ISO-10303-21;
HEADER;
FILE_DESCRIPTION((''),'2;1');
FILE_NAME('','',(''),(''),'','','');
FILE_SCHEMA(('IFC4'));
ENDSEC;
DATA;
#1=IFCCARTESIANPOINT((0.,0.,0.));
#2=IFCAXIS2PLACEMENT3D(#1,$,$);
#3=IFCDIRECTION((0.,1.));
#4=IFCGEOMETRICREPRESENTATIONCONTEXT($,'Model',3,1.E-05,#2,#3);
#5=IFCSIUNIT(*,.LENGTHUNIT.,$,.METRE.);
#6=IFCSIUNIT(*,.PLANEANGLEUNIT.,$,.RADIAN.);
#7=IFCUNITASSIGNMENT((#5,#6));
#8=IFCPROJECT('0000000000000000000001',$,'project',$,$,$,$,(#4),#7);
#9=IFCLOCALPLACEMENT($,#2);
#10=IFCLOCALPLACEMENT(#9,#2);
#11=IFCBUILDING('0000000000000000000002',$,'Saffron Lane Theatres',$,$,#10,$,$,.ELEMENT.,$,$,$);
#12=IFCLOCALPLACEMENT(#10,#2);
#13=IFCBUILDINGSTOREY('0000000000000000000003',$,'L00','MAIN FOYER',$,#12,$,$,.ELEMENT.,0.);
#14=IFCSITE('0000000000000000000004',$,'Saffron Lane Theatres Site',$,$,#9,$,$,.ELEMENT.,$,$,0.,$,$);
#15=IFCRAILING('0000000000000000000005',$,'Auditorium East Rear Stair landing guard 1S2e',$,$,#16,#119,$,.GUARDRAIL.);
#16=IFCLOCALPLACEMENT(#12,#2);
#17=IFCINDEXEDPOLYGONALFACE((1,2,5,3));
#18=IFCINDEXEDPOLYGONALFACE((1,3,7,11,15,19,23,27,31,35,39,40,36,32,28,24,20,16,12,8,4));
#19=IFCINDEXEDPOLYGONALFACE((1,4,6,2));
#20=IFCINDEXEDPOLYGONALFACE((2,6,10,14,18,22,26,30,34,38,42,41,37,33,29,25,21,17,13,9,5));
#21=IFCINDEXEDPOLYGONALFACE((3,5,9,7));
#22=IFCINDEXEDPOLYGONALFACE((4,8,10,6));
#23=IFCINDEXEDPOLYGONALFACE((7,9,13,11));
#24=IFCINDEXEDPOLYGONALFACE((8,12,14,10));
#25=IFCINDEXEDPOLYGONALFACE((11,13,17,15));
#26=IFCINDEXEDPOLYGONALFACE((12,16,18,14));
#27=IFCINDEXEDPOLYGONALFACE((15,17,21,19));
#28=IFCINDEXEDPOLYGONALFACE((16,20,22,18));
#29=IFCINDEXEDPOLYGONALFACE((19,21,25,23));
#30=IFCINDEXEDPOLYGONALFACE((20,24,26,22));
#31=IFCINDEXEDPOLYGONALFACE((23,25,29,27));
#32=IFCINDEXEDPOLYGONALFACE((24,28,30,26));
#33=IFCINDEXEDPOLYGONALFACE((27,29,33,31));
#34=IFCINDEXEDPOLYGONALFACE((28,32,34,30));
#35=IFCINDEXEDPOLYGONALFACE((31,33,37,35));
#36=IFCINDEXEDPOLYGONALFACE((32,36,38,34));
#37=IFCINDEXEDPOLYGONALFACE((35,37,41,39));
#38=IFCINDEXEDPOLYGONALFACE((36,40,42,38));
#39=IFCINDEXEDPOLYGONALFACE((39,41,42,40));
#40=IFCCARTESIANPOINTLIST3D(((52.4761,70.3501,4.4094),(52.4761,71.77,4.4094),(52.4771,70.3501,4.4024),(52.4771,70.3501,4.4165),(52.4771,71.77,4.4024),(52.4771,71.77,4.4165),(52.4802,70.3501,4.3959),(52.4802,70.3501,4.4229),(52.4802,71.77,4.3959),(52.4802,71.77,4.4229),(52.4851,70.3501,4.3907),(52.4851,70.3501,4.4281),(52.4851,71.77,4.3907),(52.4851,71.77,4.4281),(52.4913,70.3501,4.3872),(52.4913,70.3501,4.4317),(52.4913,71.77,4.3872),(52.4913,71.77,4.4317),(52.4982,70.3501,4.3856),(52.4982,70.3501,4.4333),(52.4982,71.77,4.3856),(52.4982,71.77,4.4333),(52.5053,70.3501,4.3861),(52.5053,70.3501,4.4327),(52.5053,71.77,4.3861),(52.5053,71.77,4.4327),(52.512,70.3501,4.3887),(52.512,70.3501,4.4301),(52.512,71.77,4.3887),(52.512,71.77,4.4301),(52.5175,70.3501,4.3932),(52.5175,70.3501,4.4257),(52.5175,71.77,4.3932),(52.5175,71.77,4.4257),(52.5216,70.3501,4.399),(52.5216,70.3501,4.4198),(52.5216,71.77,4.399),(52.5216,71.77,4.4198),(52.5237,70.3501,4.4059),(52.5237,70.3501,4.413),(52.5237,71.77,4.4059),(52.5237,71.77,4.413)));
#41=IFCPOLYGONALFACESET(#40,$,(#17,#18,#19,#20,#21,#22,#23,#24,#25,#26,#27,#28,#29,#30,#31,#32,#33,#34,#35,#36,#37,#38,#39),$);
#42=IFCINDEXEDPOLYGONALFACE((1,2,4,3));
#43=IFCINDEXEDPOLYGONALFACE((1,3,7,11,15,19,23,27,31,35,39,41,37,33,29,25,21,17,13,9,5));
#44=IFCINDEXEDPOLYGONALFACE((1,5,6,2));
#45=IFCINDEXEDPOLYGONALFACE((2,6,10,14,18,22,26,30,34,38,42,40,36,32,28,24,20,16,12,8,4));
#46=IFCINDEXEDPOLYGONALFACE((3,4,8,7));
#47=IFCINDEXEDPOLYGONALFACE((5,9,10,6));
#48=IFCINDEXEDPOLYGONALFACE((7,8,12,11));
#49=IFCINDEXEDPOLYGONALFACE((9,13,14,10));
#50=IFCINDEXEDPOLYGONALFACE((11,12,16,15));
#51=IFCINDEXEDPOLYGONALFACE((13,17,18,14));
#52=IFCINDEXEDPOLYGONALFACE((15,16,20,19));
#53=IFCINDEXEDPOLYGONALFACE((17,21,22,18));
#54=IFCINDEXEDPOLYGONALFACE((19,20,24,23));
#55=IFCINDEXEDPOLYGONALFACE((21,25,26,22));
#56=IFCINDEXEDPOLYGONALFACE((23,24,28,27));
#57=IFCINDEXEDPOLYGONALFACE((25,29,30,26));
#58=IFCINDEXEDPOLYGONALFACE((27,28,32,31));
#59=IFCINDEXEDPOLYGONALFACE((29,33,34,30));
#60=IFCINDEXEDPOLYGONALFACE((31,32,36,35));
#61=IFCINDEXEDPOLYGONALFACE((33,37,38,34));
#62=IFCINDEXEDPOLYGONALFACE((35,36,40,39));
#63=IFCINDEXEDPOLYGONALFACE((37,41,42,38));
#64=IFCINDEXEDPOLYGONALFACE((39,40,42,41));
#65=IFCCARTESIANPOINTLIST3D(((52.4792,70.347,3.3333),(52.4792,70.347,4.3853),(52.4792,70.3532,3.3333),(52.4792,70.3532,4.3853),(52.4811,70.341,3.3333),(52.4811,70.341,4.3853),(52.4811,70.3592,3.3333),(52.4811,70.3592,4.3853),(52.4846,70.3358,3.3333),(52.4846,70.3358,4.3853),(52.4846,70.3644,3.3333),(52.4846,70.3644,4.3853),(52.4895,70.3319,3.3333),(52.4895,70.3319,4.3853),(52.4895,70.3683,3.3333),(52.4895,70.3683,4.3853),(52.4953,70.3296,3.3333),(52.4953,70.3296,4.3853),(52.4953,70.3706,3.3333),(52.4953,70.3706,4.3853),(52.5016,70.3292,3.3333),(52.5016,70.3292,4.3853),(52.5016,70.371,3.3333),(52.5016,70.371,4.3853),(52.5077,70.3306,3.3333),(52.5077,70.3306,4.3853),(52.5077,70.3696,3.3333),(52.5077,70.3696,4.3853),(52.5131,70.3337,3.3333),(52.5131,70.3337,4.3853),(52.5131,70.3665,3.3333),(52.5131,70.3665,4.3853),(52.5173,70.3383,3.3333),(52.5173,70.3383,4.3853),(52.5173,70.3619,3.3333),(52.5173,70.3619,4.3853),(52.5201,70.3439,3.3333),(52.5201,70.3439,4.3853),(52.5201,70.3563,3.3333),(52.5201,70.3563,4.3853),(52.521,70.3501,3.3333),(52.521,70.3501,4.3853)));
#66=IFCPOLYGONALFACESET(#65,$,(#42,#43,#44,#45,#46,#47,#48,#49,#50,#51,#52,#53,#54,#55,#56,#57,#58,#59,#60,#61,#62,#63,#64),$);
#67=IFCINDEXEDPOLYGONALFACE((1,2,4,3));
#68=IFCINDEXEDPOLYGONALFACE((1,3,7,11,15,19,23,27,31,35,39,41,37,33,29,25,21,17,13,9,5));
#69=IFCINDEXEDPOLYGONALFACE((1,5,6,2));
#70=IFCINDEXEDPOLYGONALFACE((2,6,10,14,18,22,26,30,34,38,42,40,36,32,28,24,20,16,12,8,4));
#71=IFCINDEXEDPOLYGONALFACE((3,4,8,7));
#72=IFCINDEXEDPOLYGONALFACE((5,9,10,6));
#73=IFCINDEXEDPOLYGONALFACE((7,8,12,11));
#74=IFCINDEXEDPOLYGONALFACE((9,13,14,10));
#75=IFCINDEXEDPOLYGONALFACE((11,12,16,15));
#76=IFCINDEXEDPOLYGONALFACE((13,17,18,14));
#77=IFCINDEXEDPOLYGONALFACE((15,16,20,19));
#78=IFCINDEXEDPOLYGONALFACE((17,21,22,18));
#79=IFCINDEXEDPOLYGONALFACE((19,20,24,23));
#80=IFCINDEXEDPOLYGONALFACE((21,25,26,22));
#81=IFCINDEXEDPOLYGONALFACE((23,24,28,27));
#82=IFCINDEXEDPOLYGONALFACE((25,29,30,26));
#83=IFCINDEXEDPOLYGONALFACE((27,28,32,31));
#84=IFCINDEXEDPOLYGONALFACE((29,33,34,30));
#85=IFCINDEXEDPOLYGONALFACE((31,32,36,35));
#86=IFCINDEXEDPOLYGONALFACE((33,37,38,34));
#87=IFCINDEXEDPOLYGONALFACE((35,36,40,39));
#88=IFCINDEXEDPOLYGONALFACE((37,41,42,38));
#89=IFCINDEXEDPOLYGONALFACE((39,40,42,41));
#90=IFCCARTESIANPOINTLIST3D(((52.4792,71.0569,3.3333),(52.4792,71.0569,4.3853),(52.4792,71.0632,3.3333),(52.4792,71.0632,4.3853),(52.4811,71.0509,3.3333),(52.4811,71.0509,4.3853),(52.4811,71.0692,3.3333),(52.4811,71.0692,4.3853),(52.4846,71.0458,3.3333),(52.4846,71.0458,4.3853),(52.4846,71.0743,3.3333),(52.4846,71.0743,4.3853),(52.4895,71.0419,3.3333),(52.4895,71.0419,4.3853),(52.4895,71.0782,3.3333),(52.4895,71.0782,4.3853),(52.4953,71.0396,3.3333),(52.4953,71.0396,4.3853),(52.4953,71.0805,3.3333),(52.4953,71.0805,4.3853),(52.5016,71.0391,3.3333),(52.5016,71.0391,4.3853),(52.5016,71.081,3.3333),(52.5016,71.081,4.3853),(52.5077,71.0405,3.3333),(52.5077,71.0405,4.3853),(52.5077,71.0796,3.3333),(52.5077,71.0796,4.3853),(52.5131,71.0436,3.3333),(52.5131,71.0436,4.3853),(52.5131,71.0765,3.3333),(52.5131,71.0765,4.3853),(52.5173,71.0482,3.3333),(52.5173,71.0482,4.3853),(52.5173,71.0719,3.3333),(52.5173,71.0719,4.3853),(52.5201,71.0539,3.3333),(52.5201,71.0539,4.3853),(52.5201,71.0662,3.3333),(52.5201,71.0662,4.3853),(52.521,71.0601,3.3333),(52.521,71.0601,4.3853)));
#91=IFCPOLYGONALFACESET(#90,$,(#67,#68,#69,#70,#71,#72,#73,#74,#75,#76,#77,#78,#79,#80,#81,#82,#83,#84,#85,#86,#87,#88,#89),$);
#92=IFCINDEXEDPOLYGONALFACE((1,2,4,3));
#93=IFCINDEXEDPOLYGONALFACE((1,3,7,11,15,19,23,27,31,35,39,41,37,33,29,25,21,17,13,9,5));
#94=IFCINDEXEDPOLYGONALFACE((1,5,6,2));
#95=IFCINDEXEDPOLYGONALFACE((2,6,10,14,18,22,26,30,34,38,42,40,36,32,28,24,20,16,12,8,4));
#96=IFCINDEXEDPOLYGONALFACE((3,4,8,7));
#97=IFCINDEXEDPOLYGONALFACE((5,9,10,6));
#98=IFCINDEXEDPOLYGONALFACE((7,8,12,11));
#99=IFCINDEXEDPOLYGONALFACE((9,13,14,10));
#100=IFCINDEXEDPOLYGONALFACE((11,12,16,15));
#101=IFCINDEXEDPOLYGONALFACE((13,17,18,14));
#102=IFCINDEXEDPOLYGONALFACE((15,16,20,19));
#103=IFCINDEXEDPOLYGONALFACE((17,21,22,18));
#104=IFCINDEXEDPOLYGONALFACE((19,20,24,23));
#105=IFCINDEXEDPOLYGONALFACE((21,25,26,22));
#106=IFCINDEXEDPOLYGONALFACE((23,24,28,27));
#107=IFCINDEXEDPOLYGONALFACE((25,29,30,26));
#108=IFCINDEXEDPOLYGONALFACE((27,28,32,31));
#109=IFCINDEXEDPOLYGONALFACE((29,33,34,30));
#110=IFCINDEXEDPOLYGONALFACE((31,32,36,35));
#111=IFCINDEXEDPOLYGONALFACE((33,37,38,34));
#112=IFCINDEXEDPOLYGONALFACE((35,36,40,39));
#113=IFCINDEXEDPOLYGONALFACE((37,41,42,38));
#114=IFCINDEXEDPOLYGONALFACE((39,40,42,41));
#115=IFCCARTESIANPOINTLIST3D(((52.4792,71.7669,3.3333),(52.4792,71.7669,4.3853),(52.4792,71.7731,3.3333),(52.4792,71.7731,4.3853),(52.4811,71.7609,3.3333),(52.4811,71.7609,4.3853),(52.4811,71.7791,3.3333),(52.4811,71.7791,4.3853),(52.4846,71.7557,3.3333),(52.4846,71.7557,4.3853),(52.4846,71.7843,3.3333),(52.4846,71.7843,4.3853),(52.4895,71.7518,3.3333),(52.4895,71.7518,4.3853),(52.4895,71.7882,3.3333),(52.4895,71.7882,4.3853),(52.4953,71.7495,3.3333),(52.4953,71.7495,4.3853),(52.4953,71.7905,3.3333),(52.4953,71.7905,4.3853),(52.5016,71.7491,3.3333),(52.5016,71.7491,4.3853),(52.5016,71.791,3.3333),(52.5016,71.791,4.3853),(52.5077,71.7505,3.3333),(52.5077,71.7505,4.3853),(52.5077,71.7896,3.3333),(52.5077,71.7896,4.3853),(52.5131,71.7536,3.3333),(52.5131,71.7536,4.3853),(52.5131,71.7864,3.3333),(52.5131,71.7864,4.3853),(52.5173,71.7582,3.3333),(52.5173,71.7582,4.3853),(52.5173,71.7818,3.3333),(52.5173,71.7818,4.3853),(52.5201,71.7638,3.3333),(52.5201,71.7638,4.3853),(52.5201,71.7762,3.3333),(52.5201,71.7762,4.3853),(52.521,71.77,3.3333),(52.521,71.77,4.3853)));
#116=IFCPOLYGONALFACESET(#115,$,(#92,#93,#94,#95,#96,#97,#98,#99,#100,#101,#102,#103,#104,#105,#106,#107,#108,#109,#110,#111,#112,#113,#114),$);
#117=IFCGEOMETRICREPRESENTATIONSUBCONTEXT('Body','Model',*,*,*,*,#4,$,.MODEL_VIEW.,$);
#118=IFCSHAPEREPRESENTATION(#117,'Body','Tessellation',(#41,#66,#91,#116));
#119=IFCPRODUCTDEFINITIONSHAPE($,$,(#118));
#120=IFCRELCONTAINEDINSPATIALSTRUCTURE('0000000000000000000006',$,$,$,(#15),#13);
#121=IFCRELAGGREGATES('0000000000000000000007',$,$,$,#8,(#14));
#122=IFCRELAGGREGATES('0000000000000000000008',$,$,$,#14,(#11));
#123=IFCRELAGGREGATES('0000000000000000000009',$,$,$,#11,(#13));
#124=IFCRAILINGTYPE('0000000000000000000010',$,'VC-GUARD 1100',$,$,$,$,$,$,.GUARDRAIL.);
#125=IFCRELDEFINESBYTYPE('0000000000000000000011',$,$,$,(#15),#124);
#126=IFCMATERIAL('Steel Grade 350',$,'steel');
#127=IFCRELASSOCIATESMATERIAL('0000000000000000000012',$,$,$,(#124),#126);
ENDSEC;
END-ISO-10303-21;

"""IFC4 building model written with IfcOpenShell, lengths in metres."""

from ifc_helpers import new_model, si_unit, direction, frame, origin, origin_2d, place, context, subcontext, project, spatial, circle, extrude, material, type_object, element, save


model = new_model("IFC4")

# Units and contexts
model_context = context("Model", 3, precision=1e-05, world=origin(), true_north=direction((0.0, 1.0)))
body_context = subcontext(model_context, "Body", "Model", "MODEL_VIEW")
ifc_project = project(units=[si_unit("LENGTHUNIT", "METRE"), si_unit("PLANEANGLEUNIT", "RADIAN")], contexts=[model_context])

# Site, building, storey
site_placement = place(None, origin())
site = spatial("IfcSite", under=ifc_project, at=site_placement, Name="Saffron Lane Theatres Site", CompositionType="ELEMENT", RefElevation=0.0)
building_placement = place(site_placement, origin())
building = spatial("IfcBuilding", under=site, at=building_placement, Name="Saffron Lane Theatres", CompositionType="ELEMENT")
storey_placement = place(building_placement, origin())
storey = spatial("IfcBuildingStorey", under=building, at=storey_placement, Name="L00", Description="MAIN FOYER", CompositionType="ELEMENT", Elevation=0.0)

# Railing
ifc_material_1 = material(Name="Steel Grade 350", Category="steel")
railing_type_1 = type_object("IfcRailingType", Name="VC-GUARD 1100", PredefinedType="GUARDRAIL", material=ifc_material_1)
railing_1_placement = place(storey_placement, frame((52.5, 70.3501, 3.3333)))
element("IfcRailing", 1, at=railing_1_placement, inside=storey, type_object=railing_type_1, Name="Auditorium East Rear Stair landing guard 1S2e", PredefinedType="GUARDRAIL", context=body_context, shape_type="SweptSolid", body=[
    extrude(circle(Radius=0.0239, at=origin_2d()), frame((0.0, 0.0, 1.0762), z_axis=(0.0, 1.0, 0.0), x_axis=(-1.0, 0.0, 0.0)), (0.0, 0.0, 1.0), 1.4199),
    extrude(circle(Radius=0.021, at=origin_2d()), origin(), (0.0, 0.0, 1.0), 1.052),
    extrude(circle(Radius=0.021, at=origin_2d()), frame((0.0, 0.71, 0.0)), (0.0, 0.0, 1.0), 1.052),
    extrude(circle(Radius=0.021, at=origin_2d()), frame((0.0, 1.4199, 0.0)), (0.0, 0.0, 1.0), 1.052),
])

save(model, "model.ifc")
